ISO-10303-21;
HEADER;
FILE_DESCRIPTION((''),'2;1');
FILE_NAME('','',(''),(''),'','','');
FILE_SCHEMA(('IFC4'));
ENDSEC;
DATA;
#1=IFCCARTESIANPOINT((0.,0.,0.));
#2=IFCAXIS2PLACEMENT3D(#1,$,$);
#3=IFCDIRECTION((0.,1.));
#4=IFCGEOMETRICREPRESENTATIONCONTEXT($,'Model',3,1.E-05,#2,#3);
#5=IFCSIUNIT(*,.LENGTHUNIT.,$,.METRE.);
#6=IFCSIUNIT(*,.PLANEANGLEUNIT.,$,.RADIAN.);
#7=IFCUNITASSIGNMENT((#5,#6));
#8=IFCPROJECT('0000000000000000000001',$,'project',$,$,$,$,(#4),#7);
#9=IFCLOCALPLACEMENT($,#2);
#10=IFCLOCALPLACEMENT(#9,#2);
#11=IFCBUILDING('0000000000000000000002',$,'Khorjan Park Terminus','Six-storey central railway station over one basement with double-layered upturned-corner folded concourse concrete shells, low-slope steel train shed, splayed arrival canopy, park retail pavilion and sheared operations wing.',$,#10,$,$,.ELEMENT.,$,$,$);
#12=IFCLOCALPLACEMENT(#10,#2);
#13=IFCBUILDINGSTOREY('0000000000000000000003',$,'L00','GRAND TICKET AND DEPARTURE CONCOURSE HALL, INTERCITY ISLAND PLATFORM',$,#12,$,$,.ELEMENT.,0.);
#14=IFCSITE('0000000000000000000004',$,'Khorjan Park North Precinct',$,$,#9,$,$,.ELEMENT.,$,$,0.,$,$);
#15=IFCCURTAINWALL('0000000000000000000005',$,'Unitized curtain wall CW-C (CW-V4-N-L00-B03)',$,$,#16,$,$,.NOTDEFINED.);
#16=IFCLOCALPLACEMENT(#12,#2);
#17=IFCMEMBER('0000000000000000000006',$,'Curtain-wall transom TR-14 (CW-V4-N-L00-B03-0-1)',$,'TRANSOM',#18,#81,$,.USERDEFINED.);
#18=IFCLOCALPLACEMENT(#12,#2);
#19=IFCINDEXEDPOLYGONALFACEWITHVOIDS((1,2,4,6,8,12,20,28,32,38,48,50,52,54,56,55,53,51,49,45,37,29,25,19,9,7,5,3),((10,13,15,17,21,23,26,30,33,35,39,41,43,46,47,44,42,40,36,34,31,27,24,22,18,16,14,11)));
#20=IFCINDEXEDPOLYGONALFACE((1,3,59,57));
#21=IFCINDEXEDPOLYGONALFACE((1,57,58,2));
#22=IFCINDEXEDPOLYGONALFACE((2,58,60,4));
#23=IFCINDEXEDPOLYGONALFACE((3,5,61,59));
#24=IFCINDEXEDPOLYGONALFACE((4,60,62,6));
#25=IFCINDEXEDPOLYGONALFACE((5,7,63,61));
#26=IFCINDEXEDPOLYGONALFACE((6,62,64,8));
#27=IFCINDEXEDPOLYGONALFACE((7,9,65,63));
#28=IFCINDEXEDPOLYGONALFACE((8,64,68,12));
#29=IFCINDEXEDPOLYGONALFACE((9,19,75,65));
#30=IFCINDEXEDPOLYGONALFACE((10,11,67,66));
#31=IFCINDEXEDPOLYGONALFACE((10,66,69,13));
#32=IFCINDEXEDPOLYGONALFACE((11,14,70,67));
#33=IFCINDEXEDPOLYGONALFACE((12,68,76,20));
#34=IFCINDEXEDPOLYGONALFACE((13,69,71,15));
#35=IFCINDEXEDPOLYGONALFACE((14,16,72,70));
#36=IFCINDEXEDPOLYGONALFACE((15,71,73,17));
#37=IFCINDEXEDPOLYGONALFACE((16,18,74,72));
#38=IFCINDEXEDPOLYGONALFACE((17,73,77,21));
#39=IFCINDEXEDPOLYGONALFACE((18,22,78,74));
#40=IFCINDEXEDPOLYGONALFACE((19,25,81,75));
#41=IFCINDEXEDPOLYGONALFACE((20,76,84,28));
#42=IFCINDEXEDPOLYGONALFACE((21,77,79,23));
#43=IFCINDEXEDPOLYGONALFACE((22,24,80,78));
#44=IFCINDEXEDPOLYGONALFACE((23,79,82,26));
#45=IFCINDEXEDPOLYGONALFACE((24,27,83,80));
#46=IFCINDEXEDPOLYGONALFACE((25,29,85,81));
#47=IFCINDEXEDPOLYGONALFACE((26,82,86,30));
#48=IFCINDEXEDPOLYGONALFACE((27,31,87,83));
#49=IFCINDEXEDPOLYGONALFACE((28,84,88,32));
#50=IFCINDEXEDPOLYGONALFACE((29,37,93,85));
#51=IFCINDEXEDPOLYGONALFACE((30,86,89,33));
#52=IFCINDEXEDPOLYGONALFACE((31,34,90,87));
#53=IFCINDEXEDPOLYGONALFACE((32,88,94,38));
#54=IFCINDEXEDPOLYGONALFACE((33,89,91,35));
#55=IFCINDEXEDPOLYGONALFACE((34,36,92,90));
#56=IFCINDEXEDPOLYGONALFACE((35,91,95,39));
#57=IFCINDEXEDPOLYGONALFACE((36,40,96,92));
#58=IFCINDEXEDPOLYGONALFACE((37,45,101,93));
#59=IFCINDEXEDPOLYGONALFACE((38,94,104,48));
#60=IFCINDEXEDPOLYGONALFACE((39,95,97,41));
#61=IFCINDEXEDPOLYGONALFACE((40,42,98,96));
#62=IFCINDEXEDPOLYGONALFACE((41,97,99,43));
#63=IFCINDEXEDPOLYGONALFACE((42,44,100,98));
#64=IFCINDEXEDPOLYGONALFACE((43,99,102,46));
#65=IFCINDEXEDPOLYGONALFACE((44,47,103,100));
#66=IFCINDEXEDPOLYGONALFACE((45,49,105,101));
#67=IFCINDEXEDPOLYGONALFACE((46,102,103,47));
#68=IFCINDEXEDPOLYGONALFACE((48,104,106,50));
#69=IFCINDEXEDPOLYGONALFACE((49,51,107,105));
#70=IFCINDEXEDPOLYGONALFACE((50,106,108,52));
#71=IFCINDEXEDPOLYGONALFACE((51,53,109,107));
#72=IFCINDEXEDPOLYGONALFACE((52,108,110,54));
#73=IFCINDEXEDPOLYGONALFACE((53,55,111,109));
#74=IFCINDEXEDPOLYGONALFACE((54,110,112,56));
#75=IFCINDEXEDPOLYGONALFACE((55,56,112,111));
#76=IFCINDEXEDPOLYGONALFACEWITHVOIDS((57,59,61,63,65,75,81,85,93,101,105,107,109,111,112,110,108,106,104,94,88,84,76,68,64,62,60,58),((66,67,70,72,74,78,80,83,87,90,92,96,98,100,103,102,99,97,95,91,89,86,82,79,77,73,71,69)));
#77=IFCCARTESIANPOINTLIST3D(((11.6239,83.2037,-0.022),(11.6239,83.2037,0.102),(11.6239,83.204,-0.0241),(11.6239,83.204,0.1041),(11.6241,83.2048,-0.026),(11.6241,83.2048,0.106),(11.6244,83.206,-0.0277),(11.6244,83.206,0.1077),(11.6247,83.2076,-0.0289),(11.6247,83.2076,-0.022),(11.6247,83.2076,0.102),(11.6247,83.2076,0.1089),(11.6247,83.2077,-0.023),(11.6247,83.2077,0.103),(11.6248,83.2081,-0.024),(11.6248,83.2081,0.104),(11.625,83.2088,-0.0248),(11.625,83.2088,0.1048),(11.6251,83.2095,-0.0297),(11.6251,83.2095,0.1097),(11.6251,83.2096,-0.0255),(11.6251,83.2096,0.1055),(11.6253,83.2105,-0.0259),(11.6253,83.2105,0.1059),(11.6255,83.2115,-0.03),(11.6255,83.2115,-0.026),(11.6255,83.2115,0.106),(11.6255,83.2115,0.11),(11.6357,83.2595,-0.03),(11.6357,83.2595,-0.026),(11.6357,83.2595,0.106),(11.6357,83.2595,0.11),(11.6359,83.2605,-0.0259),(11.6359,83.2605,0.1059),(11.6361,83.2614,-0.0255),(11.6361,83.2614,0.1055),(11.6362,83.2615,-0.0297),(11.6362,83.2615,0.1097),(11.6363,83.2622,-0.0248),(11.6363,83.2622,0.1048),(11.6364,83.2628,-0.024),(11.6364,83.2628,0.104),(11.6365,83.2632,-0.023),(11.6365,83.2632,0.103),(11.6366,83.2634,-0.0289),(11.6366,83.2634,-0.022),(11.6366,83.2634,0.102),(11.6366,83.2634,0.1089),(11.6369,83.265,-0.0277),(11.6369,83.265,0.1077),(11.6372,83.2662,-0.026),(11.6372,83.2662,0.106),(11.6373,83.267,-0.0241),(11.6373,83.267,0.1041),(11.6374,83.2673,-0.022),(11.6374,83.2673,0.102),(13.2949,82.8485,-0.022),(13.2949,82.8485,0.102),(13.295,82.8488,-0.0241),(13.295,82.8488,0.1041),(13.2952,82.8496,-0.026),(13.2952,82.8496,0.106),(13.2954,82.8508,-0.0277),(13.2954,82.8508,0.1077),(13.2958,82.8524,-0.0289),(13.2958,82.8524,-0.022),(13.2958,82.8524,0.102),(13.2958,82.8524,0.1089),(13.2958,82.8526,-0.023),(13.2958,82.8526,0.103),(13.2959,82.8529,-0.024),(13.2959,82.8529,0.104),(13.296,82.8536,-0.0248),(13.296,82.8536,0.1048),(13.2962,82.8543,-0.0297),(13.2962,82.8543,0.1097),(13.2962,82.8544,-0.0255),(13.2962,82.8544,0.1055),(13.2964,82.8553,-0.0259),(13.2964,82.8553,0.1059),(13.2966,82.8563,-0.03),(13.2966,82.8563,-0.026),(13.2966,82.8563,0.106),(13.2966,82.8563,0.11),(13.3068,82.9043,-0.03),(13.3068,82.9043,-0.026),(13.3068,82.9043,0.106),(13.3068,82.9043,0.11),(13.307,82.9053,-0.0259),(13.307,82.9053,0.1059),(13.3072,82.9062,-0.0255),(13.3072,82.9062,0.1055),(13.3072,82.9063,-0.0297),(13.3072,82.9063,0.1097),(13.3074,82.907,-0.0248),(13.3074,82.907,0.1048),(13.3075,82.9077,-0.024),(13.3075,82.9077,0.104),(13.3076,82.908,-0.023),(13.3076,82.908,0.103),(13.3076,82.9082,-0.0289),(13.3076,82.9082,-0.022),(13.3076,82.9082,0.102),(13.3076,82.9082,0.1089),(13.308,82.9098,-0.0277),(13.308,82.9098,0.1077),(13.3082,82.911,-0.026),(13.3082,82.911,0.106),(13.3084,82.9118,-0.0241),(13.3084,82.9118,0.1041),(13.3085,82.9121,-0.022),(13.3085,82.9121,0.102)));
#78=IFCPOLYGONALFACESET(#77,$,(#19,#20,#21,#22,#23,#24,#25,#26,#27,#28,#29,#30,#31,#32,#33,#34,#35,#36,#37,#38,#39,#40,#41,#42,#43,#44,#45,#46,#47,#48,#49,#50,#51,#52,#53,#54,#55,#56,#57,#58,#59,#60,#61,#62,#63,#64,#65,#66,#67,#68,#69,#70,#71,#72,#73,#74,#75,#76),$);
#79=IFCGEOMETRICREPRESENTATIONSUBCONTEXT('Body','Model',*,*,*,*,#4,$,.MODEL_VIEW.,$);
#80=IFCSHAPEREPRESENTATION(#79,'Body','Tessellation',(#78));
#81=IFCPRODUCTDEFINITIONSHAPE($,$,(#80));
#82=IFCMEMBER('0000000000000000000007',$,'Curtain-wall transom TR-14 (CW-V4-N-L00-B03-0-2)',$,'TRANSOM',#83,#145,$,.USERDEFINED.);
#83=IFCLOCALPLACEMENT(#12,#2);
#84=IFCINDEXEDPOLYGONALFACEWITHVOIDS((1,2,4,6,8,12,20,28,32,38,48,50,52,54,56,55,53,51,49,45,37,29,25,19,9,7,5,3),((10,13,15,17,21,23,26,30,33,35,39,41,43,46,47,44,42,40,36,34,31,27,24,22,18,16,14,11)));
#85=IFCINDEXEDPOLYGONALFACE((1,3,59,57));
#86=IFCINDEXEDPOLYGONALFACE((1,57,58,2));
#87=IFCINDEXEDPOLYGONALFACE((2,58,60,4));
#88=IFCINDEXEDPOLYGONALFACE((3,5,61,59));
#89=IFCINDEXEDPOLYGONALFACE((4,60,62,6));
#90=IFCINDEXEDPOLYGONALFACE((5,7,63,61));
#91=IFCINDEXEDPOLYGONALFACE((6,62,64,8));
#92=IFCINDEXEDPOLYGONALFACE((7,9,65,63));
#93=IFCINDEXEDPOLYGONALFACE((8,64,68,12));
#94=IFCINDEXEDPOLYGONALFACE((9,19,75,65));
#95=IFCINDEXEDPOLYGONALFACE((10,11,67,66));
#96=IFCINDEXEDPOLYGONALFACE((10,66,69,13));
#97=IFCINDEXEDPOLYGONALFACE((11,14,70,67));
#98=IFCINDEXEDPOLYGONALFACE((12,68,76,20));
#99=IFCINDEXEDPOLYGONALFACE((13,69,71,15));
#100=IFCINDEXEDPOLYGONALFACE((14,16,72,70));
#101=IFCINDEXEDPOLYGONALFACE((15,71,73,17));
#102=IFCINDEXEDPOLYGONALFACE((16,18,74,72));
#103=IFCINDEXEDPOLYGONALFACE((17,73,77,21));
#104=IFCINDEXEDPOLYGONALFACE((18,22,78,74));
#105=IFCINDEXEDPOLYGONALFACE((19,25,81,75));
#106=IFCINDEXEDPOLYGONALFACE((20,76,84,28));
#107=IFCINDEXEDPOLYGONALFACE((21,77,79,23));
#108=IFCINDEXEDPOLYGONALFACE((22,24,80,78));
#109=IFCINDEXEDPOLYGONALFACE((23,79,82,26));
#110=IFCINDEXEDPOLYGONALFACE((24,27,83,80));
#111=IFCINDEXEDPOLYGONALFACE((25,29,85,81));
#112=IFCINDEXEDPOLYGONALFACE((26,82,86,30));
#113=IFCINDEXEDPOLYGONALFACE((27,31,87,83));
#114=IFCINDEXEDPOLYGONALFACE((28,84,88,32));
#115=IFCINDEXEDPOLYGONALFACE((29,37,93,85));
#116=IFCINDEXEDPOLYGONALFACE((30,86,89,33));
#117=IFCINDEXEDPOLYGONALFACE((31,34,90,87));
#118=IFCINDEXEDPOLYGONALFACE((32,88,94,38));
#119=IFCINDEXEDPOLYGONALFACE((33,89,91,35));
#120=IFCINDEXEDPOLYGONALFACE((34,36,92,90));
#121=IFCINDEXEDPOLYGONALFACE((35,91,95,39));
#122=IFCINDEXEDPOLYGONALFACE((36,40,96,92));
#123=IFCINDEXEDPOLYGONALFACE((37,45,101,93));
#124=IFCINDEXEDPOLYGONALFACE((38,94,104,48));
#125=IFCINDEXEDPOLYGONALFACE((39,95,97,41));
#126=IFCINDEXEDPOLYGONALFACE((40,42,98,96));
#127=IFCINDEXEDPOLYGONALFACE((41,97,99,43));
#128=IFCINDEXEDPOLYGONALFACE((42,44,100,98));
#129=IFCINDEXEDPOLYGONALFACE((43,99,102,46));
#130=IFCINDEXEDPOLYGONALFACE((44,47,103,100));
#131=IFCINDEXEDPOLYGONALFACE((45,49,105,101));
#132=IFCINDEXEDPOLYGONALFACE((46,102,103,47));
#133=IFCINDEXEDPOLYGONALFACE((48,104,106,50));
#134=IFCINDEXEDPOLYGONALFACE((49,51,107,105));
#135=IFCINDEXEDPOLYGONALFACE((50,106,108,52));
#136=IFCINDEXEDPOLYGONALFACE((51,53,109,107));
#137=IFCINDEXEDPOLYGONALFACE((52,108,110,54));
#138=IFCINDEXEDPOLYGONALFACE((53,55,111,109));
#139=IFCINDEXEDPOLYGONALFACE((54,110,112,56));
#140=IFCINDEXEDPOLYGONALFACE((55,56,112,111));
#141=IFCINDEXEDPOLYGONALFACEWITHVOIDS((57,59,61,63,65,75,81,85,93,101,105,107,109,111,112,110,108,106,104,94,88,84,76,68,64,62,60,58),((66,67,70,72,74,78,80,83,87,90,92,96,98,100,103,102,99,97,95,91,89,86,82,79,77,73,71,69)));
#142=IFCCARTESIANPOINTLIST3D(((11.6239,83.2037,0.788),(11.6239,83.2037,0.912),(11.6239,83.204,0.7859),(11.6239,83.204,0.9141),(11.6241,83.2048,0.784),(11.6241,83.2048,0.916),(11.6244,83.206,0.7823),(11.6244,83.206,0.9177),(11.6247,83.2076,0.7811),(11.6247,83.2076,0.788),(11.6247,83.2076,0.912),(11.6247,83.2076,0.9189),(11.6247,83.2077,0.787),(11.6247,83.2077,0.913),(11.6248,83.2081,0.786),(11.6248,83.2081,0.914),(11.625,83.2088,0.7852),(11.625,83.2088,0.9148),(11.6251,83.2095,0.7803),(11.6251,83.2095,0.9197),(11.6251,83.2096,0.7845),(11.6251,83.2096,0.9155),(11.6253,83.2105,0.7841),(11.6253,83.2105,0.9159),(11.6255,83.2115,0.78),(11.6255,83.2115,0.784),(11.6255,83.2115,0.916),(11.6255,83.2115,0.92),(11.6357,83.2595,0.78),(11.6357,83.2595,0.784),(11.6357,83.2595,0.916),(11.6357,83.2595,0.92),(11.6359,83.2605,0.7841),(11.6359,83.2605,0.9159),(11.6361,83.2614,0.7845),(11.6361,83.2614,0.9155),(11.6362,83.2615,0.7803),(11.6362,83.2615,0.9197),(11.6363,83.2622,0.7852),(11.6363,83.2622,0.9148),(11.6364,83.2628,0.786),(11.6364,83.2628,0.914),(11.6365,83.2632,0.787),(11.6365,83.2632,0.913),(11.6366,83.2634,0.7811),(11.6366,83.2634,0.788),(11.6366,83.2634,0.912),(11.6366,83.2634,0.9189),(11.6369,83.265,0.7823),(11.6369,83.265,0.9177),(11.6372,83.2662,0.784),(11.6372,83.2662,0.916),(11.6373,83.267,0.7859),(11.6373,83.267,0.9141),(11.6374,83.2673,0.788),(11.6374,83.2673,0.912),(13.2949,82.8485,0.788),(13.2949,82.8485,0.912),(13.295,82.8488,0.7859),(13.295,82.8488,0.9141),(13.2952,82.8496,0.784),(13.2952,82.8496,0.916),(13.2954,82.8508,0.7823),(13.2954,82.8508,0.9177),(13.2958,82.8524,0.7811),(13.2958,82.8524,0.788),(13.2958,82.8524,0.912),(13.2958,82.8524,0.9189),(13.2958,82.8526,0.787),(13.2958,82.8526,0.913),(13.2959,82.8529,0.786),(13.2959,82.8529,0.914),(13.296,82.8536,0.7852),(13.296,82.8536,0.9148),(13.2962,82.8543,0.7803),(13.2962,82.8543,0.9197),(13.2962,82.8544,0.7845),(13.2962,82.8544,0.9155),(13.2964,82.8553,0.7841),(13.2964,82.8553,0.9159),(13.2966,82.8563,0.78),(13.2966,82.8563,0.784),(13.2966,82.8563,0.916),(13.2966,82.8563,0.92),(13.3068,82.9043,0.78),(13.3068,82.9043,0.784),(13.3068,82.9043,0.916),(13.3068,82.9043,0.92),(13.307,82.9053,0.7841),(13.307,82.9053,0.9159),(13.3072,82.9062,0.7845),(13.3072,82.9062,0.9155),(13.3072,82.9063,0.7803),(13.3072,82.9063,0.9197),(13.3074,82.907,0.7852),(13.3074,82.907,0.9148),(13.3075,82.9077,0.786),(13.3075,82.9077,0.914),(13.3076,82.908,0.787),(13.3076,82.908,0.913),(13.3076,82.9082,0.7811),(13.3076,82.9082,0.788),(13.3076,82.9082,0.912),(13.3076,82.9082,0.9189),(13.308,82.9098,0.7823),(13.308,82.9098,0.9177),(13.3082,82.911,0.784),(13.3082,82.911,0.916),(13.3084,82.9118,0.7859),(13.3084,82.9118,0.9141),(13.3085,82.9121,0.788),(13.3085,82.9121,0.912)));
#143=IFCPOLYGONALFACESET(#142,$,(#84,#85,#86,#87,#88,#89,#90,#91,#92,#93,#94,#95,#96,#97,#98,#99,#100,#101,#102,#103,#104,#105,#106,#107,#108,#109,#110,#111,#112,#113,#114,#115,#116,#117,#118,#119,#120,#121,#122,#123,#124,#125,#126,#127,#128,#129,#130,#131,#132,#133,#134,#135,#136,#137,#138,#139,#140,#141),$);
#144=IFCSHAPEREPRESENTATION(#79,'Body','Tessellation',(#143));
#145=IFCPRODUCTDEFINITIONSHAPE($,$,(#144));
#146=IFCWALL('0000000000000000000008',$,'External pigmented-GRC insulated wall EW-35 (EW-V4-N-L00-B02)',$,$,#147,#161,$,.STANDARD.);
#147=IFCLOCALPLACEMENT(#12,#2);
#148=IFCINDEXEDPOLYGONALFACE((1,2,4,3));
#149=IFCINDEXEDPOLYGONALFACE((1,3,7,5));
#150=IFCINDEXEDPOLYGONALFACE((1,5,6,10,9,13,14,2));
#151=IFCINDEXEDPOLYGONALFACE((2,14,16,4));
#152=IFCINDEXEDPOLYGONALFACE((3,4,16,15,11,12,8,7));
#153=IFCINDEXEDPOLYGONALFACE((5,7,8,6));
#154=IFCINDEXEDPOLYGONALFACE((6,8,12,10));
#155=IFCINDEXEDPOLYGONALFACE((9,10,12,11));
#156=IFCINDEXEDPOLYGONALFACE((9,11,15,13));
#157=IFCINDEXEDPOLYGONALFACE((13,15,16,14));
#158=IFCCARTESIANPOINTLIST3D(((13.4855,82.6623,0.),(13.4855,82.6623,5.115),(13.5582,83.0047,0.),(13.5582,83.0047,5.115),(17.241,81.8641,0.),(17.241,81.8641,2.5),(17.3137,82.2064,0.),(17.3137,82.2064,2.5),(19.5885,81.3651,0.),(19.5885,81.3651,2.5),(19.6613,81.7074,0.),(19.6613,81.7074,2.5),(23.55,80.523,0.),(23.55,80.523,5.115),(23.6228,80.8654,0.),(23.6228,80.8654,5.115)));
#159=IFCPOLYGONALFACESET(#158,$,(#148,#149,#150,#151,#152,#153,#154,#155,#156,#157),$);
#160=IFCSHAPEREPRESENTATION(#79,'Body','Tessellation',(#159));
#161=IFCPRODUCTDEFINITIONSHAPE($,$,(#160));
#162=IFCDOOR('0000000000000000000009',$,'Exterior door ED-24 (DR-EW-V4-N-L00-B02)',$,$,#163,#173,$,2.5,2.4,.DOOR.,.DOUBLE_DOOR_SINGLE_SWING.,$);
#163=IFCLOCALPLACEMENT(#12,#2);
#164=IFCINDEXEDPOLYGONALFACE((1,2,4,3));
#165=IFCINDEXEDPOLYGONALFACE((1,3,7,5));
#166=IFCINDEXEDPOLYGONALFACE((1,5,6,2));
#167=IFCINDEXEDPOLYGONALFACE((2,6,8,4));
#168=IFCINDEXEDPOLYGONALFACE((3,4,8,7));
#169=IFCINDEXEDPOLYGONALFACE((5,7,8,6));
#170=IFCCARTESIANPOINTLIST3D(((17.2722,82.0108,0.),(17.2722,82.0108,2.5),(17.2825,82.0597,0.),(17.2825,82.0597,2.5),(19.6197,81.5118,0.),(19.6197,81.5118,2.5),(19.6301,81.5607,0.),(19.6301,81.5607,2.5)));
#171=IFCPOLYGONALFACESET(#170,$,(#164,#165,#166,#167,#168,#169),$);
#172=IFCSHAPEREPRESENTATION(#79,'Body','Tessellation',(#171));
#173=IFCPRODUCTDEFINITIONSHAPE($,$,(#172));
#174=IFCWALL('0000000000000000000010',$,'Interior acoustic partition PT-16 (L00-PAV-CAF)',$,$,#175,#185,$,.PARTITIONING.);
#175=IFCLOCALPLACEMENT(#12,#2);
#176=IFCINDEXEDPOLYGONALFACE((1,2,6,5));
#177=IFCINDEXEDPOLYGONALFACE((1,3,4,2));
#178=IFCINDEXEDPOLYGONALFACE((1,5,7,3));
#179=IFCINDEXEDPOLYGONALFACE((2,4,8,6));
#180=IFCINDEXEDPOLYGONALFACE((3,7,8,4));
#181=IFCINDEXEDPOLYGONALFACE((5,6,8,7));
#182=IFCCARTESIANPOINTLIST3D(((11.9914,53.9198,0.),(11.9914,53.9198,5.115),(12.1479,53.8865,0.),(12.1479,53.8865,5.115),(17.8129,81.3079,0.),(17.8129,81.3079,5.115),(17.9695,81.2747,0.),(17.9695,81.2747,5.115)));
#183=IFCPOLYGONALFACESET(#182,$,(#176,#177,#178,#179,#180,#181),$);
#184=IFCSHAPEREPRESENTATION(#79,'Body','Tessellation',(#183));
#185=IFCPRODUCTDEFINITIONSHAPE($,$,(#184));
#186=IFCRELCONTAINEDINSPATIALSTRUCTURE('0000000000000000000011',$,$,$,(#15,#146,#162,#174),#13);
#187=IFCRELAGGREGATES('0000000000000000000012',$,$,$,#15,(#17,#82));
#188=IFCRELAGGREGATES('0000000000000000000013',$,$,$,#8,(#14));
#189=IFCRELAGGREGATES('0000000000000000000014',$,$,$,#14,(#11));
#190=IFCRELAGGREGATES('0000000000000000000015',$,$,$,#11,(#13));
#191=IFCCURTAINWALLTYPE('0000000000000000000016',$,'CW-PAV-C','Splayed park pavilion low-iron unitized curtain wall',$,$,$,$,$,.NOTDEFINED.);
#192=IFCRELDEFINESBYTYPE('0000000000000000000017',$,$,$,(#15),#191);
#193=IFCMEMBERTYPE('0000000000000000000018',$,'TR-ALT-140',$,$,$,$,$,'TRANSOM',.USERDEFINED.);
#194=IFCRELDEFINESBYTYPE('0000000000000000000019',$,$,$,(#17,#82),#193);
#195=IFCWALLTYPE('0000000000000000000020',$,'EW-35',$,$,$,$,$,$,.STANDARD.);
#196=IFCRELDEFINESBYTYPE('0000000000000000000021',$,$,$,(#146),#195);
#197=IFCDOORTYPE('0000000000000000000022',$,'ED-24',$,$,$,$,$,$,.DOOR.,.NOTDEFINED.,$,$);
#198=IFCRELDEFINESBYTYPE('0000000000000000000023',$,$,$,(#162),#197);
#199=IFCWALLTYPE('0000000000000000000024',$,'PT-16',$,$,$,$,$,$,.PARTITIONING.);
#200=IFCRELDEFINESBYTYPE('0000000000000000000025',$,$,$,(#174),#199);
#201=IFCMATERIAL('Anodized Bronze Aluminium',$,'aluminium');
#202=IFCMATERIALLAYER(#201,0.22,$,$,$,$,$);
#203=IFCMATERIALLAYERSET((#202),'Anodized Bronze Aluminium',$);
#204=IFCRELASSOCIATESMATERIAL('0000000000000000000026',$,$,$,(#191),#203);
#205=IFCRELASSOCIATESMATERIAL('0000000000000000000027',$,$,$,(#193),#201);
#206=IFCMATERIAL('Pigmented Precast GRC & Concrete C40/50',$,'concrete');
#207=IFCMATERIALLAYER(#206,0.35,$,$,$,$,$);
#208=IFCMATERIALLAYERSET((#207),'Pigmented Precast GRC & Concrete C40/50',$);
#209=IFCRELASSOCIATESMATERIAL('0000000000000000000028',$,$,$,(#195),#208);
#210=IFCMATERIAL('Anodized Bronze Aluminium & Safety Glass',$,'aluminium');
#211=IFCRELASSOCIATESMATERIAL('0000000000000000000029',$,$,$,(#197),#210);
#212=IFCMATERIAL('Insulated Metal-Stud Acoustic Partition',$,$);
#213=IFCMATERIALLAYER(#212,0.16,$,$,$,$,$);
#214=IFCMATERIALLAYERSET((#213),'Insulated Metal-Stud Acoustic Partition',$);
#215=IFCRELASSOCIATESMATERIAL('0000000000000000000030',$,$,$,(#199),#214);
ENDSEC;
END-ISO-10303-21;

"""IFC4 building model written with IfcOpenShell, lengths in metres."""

from ifc_helpers import new_model, si_unit, direction, frame, frame_2d, origin, origin_2d, place, context, subcontext, project, spatial, rectangle, hollow_rectangle, extrude, material, layer, layer_set, material_profile, profile_set, type_object, element, fill, aggregate, save


model = new_model("IFC4")

# Units and contexts
model_context = context("Model", 3, precision=1e-05, world=origin(), true_north=direction((0.0, 1.0)))
body_context = subcontext(model_context, "Body", "Model", "MODEL_VIEW")
ifc_project = project(units=[si_unit("LENGTHUNIT", "METRE"), si_unit("PLANEANGLEUNIT", "RADIAN")], contexts=[model_context])

# Site, building, storey
site_placement = place(None, origin())
site = spatial("IfcSite", under=ifc_project, at=site_placement, Name="Khorjan Park North Precinct", CompositionType="ELEMENT", RefElevation=0.0)
building_placement = place(site_placement, origin())
building = spatial("IfcBuilding", under=site, at=building_placement, Name="Khorjan Park Terminus", Description="Six-storey central railway station over one basement with double-layered upturned-corner folded concourse concrete shells, low-slope steel train shed, splayed arrival canopy, park retail pavilion and sheared operations wing.", CompositionType="ELEMENT")
storey_placement = place(building_placement, origin())
storey = spatial("IfcBuildingStorey", under=building, at=storey_placement, Name="L00", Description="GRAND TICKET AND DEPARTURE CONCOURSE HALL, INTERCITY ISLAND PLATFORM", CompositionType="ELEMENT", Elevation=0.0)

# Shared definitions
ifc_material_1 = material(Name="Anodized Bronze Aluminium", Category="aluminium")
ifc_layer_1 = layer(ifc_material_1, 0.22)
ifc_layer_set_1 = layer_set([ifc_layer_1], Name="Anodized Bronze Aluminium")
curtain_wall_type = type_object("IfcCurtainWallType", Name="CW-PAV-C", Description="Splayed park pavilion low-iron unitized curtain wall", PredefinedType="NOTDEFINED", material=ifc_layer_set_1)

# Curtain wall, members
curtain_wall_1_placement = place(storey_placement, origin())
curtain_wall_1 = element("IfcCurtainWall", 1, at=curtain_wall_1_placement, inside=storey, type_object=curtain_wall_type, Name="Unitized curtain wall CW-C (CW-V4-N-L00-B03)", PredefinedType="NOTDEFINED")
ifc_material_profile_1 = material_profile(ifc_material_1, hollow_rectangle(XDim=0.065, YDim=0.14, WallThickness=0.004, InnerFilletRadius=0.004, OuterFilletRadius=0.008, at=origin_2d()), Name="ALT 65x140x4")
ifc_profile_set_1 = profile_set([ifc_material_profile_1], Name="Anodized Bronze Aluminium")
member_type_1 = type_object("IfcMemberType", Name="TR-ALT-140", ElementType="TRANSOM", PredefinedType="USERDEFINED", material=ifc_profile_set_1)
member_1_placement = place(storey_placement, frame((13.3017, 82.8803, 0.04), z_axis=(-0.978148, 0.20791, 0.0), x_axis=(-0.20791, -0.978148, 0.0)))
member_1 = element("IfcMember", 2, at=member_1_placement, type_object=member_type_1, Name="Curtain-wall transom TR-14 (CW-V4-N-L00-B03-0-1)", ObjectType="TRANSOM", PredefinedType="USERDEFINED", context=body_context, shape_type="SweptSolid", body=[
    extrude(hollow_rectangle(XDim=0.065, YDim=0.14, WallThickness=0.004, InnerFilletRadius=0.004, OuterFilletRadius=0.008, at=origin_2d()), origin(), (0.0, 0.0, 1.0), 1.7084),
])
member_2_placement = place(storey_placement, frame((13.3017, 82.8803, 0.85), z_axis=(-0.978148, 0.20791, 0.0), x_axis=(-0.20791, -0.978148, 0.0)))
member_2 = element("IfcMember", 3, at=member_2_placement, type_object=member_type_1, Name="Curtain-wall transom TR-14 (CW-V4-N-L00-B03-0-2)", ObjectType="TRANSOM", PredefinedType="USERDEFINED", context=body_context, shape_type="SweptSolid", body=[
    extrude(hollow_rectangle(XDim=0.065, YDim=0.14, WallThickness=0.004, InnerFilletRadius=0.004, OuterFilletRadius=0.008, at=origin_2d()), origin(), (0.0, 0.0, 1.0), 1.7084),
])
aggregate(curtain_wall_1, [member_1, member_2])

# Wall, opening, door
ifc_material_2 = material(Name="Pigmented Precast GRC & Concrete C40/50", Category="concrete")
ifc_layer_2 = layer(ifc_material_2, 0.35)
ifc_layer_set_2 = layer_set([ifc_layer_2], Name="Pigmented Precast GRC & Concrete C40/50")
wall_type_1 = type_object("IfcWallType", Name="EW-35", PredefinedType="STANDARD", material=ifc_layer_set_2)
wall_1_placement = place(storey_placement, frame((23.5864, 80.6942, 0.0), z_axis=(0.0, 0.0, 1.0), x_axis=(-0.978148, 0.207912, 0.0)))
wall_1 = element("IfcWall", 4, at=wall_1_placement, inside=storey, type_object=wall_type_1, Name="External pigmented-GRC insulated wall EW-35 (EW-V4-N-L00-B02)", PredefinedType="STANDARD", context=body_context, shape_type="SweptSolid", body=[
    extrude(rectangle(XDim=10.2894, YDim=0.35, at=frame_2d((5.1447, 0.0))), origin(), (0.0, 0.0, 1.0), 5.115),
])
opening_placement = place(wall_1_placement, frame((4.05, 0.0, 0.0)))
opening = element("IfcOpeningElement", 5, at=opening_placement, cuts=wall_1, PredefinedType="OPENING", context=body_context, shape_type="SweptSolid", body=[
    extrude(rectangle(XDim=2.4, YDim=2.5, at=frame_2d((1.2, 1.25))), frame((0.0, 0.185, 0.0), z_axis=(0.0, -1.0, 0.0), x_axis=(1.0, 0.0, 0.0)), (0.0, 0.0, 1.0), 0.37),
])
ifc_material_3 = material(Name="Anodized Bronze Aluminium & Safety Glass", Category="aluminium")
door_type = type_object("IfcDoorType", Name="ED-24", OperationType="NOTDEFINED", PredefinedType="DOOR", material=ifc_material_3)
door_placement = place(opening_placement, origin())
door = element("IfcDoor", 6, at=door_placement, inside=storey, type_object=door_type, Name="Exterior door ED-24 (DR-EW-V4-N-L00-B02)", OperationType="DOUBLE_DOOR_SINGLE_SWING", OverallHeight=2.5, OverallWidth=2.4, PredefinedType="DOOR", context=body_context, shape_type="SweptSolid", body=[
    extrude(rectangle(XDim=2.4, YDim=2.5, at=frame_2d((1.2, 1.25))), frame((0.0, 0.025, 0.0), z_axis=(0.0, -1.0, 0.0), x_axis=(1.0, 0.0, 0.0)), (0.0, 0.0, 1.0), 0.05),
])
fill(opening, door)

# Wall
ifc_material_4 = material(Name="Insulated Metal-Stud Acoustic Partition")
ifc_layer_3 = layer(ifc_material_4, 0.16)
ifc_layer_set_3 = layer_set([ifc_layer_3], Name="Insulated Metal-Stud Acoustic Partition")
wall_type_2 = type_object("IfcWallType", Name="PT-16", PredefinedType="PARTITIONING", material=ifc_layer_set_3)
wall_2_placement = place(storey_placement, frame((17.8912, 81.2913, 0.0), z_axis=(0.0, 0.0, 1.0), x_axis=(-0.207911, -0.978148, 0.0)))
element("IfcWall", 7, at=wall_2_placement, inside=storey, type_object=wall_type_2, Name="Interior acoustic partition PT-16 (L00-PAV-CAF)", PredefinedType="PARTITIONING", context=body_context, shape_type="SweptSolid", body=[
    extrude(rectangle(XDim=28.0, YDim=0.16, at=frame_2d((14.0, 0.0))), origin(), (0.0, 0.0, 1.0), 5.115),
])

save(model, "model.ifc")
